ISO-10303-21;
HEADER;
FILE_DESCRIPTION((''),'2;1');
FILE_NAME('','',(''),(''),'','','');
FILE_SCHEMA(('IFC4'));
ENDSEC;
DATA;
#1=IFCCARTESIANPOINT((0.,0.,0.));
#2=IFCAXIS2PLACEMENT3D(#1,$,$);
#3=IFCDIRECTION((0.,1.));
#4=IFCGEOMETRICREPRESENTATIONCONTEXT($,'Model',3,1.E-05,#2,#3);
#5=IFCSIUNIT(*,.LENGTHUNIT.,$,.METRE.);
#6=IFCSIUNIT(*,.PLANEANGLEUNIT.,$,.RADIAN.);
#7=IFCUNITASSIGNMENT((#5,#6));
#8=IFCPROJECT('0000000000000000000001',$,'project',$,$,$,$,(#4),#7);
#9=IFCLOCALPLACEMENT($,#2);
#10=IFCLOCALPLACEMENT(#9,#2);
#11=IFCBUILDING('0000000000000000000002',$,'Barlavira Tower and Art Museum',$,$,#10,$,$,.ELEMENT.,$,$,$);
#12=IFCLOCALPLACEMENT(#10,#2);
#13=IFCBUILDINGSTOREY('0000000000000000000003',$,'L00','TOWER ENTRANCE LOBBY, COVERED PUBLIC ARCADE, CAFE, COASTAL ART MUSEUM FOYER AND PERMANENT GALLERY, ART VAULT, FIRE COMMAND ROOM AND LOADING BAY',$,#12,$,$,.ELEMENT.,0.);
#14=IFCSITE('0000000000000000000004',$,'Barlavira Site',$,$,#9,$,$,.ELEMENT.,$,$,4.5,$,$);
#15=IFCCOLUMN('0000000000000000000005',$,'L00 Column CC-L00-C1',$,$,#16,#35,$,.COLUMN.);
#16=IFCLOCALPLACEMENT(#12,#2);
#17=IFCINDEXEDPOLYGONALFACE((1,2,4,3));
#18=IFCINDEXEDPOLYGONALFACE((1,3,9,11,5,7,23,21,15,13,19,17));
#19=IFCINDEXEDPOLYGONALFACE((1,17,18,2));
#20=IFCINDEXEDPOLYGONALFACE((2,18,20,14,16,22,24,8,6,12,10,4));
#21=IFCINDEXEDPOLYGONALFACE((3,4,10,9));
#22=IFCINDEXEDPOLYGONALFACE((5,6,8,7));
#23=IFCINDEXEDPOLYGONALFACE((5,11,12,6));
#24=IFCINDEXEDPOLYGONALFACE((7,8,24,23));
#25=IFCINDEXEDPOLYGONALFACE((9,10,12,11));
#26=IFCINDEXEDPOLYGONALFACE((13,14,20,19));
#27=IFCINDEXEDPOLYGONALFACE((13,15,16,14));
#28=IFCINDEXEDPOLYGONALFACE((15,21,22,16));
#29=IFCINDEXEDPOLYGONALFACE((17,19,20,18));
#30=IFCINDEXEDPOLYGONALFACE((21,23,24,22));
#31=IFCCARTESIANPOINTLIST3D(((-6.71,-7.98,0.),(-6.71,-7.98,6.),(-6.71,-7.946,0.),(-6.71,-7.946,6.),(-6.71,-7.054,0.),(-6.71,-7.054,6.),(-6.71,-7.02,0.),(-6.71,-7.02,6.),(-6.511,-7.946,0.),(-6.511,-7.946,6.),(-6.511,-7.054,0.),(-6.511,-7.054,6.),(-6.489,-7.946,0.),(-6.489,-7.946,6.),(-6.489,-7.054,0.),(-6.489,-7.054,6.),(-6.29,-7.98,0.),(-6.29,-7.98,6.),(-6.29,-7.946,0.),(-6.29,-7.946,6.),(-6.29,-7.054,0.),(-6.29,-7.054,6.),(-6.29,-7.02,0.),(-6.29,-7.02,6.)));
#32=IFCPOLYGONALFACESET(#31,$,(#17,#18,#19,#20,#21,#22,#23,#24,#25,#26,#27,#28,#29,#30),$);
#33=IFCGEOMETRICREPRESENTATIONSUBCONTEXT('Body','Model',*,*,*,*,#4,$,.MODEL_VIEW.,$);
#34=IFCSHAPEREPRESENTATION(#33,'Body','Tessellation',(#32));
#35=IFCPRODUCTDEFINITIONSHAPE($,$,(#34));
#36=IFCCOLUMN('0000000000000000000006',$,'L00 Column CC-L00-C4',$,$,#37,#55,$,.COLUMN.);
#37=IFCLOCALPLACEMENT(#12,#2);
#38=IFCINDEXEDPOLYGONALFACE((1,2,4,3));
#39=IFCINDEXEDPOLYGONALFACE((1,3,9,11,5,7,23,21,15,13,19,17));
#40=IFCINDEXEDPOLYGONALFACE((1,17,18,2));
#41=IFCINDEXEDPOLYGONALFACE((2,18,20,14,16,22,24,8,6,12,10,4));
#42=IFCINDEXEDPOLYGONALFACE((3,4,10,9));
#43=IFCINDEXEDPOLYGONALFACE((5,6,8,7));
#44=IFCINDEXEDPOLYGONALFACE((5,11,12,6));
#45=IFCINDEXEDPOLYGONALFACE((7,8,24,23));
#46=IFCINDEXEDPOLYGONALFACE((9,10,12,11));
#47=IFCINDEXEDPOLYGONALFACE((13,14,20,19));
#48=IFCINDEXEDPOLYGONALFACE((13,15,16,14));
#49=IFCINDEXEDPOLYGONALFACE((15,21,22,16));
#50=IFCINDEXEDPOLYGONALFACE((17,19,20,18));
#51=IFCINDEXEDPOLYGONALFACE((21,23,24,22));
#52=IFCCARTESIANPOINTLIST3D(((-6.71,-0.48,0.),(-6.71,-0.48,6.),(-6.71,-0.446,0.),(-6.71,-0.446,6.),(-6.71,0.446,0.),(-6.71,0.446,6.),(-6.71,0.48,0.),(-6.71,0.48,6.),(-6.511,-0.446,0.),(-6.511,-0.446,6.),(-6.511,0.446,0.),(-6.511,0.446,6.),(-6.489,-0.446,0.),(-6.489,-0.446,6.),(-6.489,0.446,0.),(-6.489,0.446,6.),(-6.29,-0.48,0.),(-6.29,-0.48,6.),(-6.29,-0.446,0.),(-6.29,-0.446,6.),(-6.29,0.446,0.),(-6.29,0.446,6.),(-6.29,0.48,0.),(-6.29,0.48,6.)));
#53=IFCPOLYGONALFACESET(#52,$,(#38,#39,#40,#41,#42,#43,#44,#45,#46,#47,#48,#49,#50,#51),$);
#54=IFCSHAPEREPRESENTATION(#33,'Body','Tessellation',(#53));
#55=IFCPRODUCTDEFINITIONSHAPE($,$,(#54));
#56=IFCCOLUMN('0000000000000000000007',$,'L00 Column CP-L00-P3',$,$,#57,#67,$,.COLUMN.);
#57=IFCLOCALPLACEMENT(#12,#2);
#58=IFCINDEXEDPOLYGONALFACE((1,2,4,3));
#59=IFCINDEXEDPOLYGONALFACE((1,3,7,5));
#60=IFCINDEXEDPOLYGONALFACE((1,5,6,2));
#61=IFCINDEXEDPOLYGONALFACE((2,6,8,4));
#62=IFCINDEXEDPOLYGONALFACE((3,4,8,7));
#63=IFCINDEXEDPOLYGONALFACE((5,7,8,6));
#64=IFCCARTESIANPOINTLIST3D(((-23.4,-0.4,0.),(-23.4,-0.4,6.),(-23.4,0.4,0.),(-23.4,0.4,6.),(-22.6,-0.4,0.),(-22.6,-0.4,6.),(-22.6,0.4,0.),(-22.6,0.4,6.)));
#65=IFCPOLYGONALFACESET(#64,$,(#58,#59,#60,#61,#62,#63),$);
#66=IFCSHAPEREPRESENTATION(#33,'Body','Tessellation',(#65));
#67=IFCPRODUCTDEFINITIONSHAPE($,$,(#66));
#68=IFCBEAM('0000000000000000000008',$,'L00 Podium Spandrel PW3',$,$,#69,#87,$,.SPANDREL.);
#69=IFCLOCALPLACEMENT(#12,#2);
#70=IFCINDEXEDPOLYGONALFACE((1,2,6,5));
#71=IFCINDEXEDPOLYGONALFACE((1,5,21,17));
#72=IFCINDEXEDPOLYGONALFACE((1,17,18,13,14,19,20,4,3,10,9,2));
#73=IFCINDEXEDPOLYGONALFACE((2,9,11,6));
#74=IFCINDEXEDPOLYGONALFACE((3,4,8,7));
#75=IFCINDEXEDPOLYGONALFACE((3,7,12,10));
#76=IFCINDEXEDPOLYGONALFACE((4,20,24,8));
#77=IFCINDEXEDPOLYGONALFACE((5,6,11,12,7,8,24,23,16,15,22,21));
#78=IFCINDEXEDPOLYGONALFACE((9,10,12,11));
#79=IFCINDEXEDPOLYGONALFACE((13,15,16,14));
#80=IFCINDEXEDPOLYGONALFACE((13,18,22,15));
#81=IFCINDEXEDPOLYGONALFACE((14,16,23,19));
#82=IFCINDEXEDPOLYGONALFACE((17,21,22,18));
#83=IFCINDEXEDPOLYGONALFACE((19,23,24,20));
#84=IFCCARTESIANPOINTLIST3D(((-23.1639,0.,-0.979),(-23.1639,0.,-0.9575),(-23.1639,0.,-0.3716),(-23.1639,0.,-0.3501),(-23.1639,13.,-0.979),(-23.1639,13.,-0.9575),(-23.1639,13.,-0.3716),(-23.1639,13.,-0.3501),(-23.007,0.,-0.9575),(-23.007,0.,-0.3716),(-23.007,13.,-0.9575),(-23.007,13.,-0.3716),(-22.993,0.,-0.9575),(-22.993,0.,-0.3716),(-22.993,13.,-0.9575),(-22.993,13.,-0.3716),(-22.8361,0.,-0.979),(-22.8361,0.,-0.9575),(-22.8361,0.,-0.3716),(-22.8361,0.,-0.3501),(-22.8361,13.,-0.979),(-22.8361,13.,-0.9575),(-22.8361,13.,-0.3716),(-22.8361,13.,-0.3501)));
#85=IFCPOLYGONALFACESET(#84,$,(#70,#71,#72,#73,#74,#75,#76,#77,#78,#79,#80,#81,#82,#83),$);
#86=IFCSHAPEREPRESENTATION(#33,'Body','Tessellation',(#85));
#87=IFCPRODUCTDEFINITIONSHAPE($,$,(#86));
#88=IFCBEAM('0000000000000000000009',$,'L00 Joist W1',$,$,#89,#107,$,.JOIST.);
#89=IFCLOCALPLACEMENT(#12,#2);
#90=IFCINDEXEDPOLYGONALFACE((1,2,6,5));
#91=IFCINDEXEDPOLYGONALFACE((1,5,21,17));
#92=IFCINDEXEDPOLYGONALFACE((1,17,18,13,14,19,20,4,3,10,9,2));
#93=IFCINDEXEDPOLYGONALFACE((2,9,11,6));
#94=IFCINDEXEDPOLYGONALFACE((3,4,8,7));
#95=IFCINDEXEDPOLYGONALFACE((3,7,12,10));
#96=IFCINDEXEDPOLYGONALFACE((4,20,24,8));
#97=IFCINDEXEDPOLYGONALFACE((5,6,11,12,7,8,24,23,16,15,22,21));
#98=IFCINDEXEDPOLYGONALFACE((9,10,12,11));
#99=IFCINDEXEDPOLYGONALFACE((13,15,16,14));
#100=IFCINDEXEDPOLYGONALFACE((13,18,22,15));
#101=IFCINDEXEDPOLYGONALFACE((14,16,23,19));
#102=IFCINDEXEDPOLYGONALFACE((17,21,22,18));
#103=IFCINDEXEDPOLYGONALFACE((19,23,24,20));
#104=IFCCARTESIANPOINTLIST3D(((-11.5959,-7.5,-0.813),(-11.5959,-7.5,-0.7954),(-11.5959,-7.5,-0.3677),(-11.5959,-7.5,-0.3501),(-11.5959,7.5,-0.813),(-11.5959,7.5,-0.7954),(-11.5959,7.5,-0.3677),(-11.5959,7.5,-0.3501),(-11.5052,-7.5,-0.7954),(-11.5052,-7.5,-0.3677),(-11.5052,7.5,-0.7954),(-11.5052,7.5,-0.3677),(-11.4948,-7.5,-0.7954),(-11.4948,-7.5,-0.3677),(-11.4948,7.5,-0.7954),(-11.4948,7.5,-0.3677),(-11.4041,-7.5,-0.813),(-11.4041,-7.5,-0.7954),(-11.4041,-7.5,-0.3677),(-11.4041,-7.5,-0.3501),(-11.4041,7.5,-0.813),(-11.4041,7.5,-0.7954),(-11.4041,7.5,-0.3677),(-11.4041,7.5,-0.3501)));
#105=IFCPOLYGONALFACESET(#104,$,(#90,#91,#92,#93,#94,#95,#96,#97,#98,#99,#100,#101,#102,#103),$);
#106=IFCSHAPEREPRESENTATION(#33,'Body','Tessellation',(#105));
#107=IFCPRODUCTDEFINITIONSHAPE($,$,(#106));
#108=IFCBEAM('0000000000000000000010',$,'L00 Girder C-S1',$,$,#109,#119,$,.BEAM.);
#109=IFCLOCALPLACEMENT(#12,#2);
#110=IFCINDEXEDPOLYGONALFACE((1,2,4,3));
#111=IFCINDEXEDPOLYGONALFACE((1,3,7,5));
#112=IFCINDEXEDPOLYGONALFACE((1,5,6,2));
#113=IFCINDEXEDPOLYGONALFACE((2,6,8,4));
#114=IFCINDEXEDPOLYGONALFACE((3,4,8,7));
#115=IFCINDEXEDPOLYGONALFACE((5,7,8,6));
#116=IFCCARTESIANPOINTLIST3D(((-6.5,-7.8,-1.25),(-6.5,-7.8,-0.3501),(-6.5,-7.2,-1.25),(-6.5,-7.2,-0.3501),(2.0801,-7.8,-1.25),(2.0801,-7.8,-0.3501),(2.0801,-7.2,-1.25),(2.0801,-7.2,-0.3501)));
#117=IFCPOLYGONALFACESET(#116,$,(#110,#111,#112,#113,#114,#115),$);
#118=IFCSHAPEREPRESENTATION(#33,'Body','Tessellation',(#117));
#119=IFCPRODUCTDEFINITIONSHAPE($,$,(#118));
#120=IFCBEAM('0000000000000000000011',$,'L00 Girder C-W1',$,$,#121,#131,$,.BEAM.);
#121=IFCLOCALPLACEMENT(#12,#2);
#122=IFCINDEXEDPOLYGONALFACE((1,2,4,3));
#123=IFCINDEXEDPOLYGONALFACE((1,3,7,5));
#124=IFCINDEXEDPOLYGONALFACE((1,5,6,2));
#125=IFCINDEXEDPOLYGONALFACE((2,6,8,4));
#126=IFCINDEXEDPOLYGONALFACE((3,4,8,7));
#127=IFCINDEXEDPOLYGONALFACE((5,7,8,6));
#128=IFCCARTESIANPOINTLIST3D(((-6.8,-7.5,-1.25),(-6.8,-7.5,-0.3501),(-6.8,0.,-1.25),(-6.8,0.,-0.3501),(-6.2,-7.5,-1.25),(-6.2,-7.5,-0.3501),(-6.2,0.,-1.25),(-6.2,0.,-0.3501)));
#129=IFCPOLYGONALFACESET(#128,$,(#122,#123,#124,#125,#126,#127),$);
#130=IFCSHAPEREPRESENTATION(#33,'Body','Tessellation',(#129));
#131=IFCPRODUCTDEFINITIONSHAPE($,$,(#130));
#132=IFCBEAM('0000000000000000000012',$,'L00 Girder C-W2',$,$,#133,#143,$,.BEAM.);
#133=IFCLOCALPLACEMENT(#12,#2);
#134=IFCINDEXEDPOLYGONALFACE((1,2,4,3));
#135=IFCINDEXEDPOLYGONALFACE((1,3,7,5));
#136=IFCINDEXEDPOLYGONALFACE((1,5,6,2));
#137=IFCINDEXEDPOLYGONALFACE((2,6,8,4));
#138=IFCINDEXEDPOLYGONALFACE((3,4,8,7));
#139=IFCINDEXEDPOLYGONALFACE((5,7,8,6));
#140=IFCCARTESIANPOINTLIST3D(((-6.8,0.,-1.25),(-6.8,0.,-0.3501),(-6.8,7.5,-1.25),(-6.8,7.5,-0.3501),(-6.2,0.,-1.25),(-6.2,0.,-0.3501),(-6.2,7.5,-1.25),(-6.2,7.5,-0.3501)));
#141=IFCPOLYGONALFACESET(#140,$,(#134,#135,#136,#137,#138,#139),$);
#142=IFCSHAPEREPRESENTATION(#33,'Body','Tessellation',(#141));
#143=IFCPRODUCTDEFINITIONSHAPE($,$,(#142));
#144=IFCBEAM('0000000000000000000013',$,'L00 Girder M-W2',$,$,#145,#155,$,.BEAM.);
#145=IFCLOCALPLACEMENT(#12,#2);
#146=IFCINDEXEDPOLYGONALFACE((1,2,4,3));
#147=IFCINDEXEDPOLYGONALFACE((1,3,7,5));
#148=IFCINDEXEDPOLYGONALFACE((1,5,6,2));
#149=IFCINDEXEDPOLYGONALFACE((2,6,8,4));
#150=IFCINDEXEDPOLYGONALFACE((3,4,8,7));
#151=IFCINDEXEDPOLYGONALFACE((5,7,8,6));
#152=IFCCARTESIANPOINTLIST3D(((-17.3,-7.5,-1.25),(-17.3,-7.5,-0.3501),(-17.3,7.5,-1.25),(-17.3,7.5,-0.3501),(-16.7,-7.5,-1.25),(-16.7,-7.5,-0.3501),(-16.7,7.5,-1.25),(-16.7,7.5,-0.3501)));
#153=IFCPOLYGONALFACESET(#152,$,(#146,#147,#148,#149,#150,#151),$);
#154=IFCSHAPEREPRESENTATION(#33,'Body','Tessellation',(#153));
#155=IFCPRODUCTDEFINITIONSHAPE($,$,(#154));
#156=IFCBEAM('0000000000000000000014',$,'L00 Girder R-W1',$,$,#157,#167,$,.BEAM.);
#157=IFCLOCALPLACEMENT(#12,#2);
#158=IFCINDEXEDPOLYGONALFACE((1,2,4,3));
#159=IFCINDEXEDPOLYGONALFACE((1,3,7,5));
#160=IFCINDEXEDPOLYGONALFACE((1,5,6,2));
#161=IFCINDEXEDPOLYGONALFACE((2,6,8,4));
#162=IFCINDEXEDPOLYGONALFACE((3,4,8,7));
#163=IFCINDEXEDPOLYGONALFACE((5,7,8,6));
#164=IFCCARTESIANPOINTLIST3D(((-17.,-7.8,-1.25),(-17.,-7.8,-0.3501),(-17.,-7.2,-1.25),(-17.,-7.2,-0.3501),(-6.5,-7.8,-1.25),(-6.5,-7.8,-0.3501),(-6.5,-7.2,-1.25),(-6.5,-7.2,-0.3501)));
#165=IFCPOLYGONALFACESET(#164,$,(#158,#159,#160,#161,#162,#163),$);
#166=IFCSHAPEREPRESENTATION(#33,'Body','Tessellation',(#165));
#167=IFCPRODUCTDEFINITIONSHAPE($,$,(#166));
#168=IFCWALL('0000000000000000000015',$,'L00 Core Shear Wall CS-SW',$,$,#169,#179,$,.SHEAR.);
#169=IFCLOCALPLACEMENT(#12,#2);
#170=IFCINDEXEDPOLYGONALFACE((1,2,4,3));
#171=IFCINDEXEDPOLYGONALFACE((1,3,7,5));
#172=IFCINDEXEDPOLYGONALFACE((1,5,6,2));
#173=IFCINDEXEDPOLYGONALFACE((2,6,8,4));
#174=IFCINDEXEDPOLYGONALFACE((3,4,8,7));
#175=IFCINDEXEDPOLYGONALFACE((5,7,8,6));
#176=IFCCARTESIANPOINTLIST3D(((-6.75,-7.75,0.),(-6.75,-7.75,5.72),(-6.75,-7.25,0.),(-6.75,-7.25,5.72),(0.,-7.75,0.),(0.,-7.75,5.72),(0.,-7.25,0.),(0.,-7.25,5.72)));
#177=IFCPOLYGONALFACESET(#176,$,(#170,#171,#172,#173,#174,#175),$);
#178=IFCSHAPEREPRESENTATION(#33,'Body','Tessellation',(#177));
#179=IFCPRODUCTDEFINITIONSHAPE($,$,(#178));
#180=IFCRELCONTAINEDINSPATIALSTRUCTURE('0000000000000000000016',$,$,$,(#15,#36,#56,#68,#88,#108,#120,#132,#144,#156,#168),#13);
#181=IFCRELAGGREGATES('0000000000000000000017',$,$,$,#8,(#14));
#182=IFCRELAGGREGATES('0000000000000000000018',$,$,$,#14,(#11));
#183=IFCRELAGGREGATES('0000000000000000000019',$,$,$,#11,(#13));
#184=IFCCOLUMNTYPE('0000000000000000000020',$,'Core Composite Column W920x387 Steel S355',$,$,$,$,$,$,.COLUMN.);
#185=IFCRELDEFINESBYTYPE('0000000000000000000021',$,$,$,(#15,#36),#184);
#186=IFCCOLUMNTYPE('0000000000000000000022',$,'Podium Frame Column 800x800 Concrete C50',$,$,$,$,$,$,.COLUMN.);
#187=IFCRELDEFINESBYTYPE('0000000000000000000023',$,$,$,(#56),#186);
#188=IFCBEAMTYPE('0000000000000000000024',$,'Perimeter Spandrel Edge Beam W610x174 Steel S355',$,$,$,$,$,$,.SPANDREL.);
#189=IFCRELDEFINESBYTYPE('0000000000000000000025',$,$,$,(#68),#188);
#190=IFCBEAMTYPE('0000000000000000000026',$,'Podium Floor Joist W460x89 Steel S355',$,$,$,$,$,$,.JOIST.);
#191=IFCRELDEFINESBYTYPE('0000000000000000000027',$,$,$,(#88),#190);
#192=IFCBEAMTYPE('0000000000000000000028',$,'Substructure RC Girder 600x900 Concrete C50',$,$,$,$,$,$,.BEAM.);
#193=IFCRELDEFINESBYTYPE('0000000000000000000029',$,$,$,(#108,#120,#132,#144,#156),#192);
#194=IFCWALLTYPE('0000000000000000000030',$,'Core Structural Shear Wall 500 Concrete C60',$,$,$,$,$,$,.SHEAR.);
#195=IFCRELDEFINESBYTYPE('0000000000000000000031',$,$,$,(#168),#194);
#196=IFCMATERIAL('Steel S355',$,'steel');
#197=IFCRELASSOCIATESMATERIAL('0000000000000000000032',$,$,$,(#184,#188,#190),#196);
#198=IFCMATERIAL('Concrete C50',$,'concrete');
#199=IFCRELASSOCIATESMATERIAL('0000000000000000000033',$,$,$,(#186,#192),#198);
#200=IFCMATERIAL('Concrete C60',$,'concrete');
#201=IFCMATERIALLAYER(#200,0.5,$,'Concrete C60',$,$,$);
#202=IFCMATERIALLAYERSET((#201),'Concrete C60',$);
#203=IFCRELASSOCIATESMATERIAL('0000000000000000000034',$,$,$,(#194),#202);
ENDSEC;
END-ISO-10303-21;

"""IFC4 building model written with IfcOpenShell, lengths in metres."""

from ifc_helpers import new_model, si_unit, direction, frame, frame_2d, origin, origin_2d, place, context, subcontext, project, spatial, rectangle, i_section, extrude, material, layer, layer_set, material_profile, profile_set, type_object, element, save


model = new_model("IFC4")

# Units and contexts
model_context = context("Model", 3, precision=1e-05, world=origin(), true_north=direction((0.0, 1.0)))
body_context = subcontext(model_context, "Body", "Model", "MODEL_VIEW")
ifc_project = project(units=[si_unit("LENGTHUNIT", "METRE"), si_unit("PLANEANGLEUNIT", "RADIAN")], contexts=[model_context])

# Site, building, storey
site_placement = place(None, origin())
site = spatial("IfcSite", under=ifc_project, at=site_placement, Name="Barlavira Site", CompositionType="ELEMENT", RefElevation=4.5)
building_placement = place(site_placement, origin())
building = spatial("IfcBuilding", under=site, at=building_placement, Name="Barlavira Tower and Art Museum", CompositionType="ELEMENT")
storey_placement = place(building_placement, origin())
storey = spatial("IfcBuildingStorey", under=building, at=storey_placement, Name="L00", Description="TOWER ENTRANCE LOBBY, COVERED PUBLIC ARCADE, CAFE, COASTAL ART MUSEUM FOYER AND PERMANENT GALLERY, ART VAULT, FIRE COMMAND ROOM AND LOADING BAY", CompositionType="ELEMENT", Elevation=0.0)

# Columns
ifc_material_1 = material(Name="Steel S355", Category="steel")
ifc_material_profile_1 = material_profile(ifc_material_1, i_section(OverallWidth=0.4199, OverallDepth=0.96, WebThickness=0.022, FlangeThickness=0.0339, at=origin_2d()), Name="W920x387.0")
ifc_profile_set_1 = profile_set([ifc_material_profile_1], Name="Steel S355")
column_type_1 = type_object("IfcColumnType", Name="Core Composite Column W920x387 Steel S355", PredefinedType="COLUMN", material=ifc_profile_set_1)
for number, where, z_axis, x_axis, name in (
    (1, (-6.5, -7.5, 0.0), (0.0, 0.0, 1.0), (1.0, 0.0, 0.0), "L00 Column CC-L00-C1"),
    (2, (-6.5, 0.0, 0.0), (0.0, 0.0, 1.0), (1.0, 0.0, 0.0), "L00 Column CC-L00-C4"),
):
    element("IfcColumn", number, at=place(storey_placement, frame(where, z_axis=z_axis, x_axis=x_axis)), inside=storey, type_object=column_type_1, Name=name, PredefinedType="COLUMN", context=body_context, shape_type="SweptSolid", body=[
        extrude(i_section(OverallWidth=0.4199, OverallDepth=0.96, WebThickness=0.022, FlangeThickness=0.0339, at=origin_2d()), origin(), (0.0, 0.0, 1.0), 6.0),
    ])
ifc_material_2 = material(Name="Concrete C50", Category="concrete")
ifc_material_profile_2 = material_profile(ifc_material_2, rectangle(XDim=0.8, YDim=0.8, at=origin_2d()), Name="RC-COL 800x800")
ifc_profile_set_2 = profile_set([ifc_material_profile_2], Name="Concrete C50")
column_type_2 = type_object("IfcColumnType", Name="Podium Frame Column 800x800 Concrete C50", PredefinedType="COLUMN", material=ifc_profile_set_2)
column_placement = place(storey_placement, frame((-23.0, 0.0, 0.0), z_axis=(0.0, 0.0, 1.0), x_axis=(1.0, 0.0, 0.0)))
element("IfcColumn", 3, at=column_placement, inside=storey, type_object=column_type_2, Name="L00 Column CP-L00-P3", PredefinedType="COLUMN", context=body_context, shape_type="SweptSolid", body=[
    extrude(rectangle(XDim=0.8, YDim=0.8, at=origin_2d()), origin(), (0.0, 0.0, 1.0), 6.0),
])

# Beams
ifc_material_profile_3 = material_profile(ifc_material_1, i_section(OverallWidth=0.3279, OverallDepth=0.6289, WebThickness=0.0139, FlangeThickness=0.0215, at=origin_2d()), Name="W610x174.0")
ifc_profile_set_3 = profile_set([ifc_material_profile_3], Name="Steel S355")
beam_type_1 = type_object("IfcBeamType", Name="Perimeter Spandrel Edge Beam W610x174 Steel S355", PredefinedType="SPANDREL", material=ifc_profile_set_3)
beam_1_placement = place(storey_placement, frame((-23.0, 0.0, -0.6646), z_axis=(0.0, 1.0, 0.0), x_axis=(-1.0, 0.0, 0.0)))
element("IfcBeam", 4, at=beam_1_placement, inside=storey, type_object=beam_type_1, Name="L00 Podium Spandrel PW3", PredefinedType="SPANDREL", context=body_context, shape_type="SweptSolid", body=[
    extrude(i_section(OverallWidth=0.3279, OverallDepth=0.6289, WebThickness=0.0139, FlangeThickness=0.0215, at=origin_2d()), origin(), (0.0, 0.0, 1.0), 13.0),
])
ifc_material_profile_4 = material_profile(ifc_material_1, i_section(OverallWidth=0.1919, OverallDepth=0.4629, WebThickness=0.0105, FlangeThickness=0.0176, at=origin_2d()), Name="W460x89.0")
ifc_profile_set_4 = profile_set([ifc_material_profile_4], Name="Steel S355")
beam_type_2 = type_object("IfcBeamType", Name="Podium Floor Joist W460x89 Steel S355", PredefinedType="JOIST", material=ifc_profile_set_4)
beam_2_placement = place(storey_placement, frame((-11.5, -7.5, -0.5815), z_axis=(0.0, 1.0, 0.0), x_axis=(-1.0, 0.0, 0.0)))
element("IfcBeam", 5, at=beam_2_placement, inside=storey, type_object=beam_type_2, Name="L00 Joist W1", PredefinedType="JOIST", context=body_context, shape_type="SweptSolid", body=[
    extrude(i_section(OverallWidth=0.1919, OverallDepth=0.4629, WebThickness=0.0105, FlangeThickness=0.0176, at=origin_2d()), origin(), (0.0, 0.0, 1.0), 15.0),
])
ifc_material_profile_5 = material_profile(ifc_material_2, rectangle(XDim=0.6001, YDim=0.8999, at=origin_2d()), Name="RC-BM 600x900")
ifc_profile_set_5 = profile_set([ifc_material_profile_5], Name="Concrete C50")
beam_type_3 = type_object("IfcBeamType", Name="Substructure RC Girder 600x900 Concrete C50", PredefinedType="BEAM", material=ifc_profile_set_5)
beam_3_placement = place(storey_placement, frame((-6.5, -7.5, -0.8), z_axis=(1.0, 0.0, 0.0), x_axis=(0.0, 1.0, 0.0)))
element("IfcBeam", 6, at=beam_3_placement, inside=storey, type_object=beam_type_3, Name="L00 Girder C-S1", PredefinedType="BEAM", context=body_context, shape_type="SweptSolid", body=[
    extrude(rectangle(XDim=0.6001, YDim=0.8999, at=origin_2d()), origin(), (0.0, 0.0, 1.0), 8.5801),
])
for number, where, z_axis, x_axis, name in (
    (7, (-6.5, -7.5, -0.8), (0.0, 1.0, 0.0), (-1.0, 0.0, 0.0), "L00 Girder C-W1"),
    (8, (-6.5, 0.0, -0.8), (0.0, 1.0, 0.0), (-1.0, 0.0, 0.0), "L00 Girder C-W2"),
):
    element("IfcBeam", number, at=place(storey_placement, frame(where, z_axis=z_axis, x_axis=x_axis)), inside=storey, type_object=beam_type_3, Name=name, PredefinedType="BEAM", context=body_context, shape_type="SweptSolid", body=[
        extrude(rectangle(XDim=0.6001, YDim=0.8999, at=origin_2d()), origin(), (0.0, 0.0, 1.0), 7.5),
    ])
beam_4_placement = place(storey_placement, frame((-17.0, -7.5, -0.8), z_axis=(0.0, 1.0, 0.0), x_axis=(-1.0, 0.0, 0.0)))
element("IfcBeam", 9, at=beam_4_placement, inside=storey, type_object=beam_type_3, Name="L00 Girder M-W2", PredefinedType="BEAM", context=body_context, shape_type="SweptSolid", body=[
    extrude(rectangle(XDim=0.6001, YDim=0.8999, at=origin_2d()), origin(), (0.0, 0.0, 1.0), 15.0),
])
beam_5_placement = place(storey_placement, frame((-17.0, -7.5, -0.8), z_axis=(1.0, 0.0, 0.0), x_axis=(0.0, 1.0, 0.0)))
element("IfcBeam", 10, at=beam_5_placement, inside=storey, type_object=beam_type_3, Name="L00 Girder R-W1", PredefinedType="BEAM", context=body_context, shape_type="SweptSolid", body=[
    extrude(rectangle(XDim=0.6001, YDim=0.8999, at=origin_2d()), origin(), (0.0, 0.0, 1.0), 10.5),
])

# Wall
ifc_material_3 = material(Name="Concrete C60", Category="concrete")
ifc_layer_1 = layer(ifc_material_3, 0.5, Name="Concrete C60")
ifc_layer_set_1 = layer_set([ifc_layer_1], Name="Concrete C60")
wall_type_1 = type_object("IfcWallType", Name="Core Structural Shear Wall 500 Concrete C60", PredefinedType="SHEAR", material=ifc_layer_set_1)
wall_1_placement = place(storey_placement, frame((-6.75, -7.5, 0.0), z_axis=(0.0, 0.0, 1.0), x_axis=(1.0, 0.0, 0.0)))
element("IfcWall", 11, at=wall_1_placement, inside=storey, type_object=wall_type_1, Name="L00 Core Shear Wall CS-SW", PredefinedType="SHEAR", context=body_context, shape_type="SweptSolid", body=[
    extrude(rectangle(XDim=6.75, YDim=0.5, at=frame_2d((3.375, 0.0))), origin(), (0.0, 0.0, 1.0), 5.72),
])

save(model, "model.ifc")
